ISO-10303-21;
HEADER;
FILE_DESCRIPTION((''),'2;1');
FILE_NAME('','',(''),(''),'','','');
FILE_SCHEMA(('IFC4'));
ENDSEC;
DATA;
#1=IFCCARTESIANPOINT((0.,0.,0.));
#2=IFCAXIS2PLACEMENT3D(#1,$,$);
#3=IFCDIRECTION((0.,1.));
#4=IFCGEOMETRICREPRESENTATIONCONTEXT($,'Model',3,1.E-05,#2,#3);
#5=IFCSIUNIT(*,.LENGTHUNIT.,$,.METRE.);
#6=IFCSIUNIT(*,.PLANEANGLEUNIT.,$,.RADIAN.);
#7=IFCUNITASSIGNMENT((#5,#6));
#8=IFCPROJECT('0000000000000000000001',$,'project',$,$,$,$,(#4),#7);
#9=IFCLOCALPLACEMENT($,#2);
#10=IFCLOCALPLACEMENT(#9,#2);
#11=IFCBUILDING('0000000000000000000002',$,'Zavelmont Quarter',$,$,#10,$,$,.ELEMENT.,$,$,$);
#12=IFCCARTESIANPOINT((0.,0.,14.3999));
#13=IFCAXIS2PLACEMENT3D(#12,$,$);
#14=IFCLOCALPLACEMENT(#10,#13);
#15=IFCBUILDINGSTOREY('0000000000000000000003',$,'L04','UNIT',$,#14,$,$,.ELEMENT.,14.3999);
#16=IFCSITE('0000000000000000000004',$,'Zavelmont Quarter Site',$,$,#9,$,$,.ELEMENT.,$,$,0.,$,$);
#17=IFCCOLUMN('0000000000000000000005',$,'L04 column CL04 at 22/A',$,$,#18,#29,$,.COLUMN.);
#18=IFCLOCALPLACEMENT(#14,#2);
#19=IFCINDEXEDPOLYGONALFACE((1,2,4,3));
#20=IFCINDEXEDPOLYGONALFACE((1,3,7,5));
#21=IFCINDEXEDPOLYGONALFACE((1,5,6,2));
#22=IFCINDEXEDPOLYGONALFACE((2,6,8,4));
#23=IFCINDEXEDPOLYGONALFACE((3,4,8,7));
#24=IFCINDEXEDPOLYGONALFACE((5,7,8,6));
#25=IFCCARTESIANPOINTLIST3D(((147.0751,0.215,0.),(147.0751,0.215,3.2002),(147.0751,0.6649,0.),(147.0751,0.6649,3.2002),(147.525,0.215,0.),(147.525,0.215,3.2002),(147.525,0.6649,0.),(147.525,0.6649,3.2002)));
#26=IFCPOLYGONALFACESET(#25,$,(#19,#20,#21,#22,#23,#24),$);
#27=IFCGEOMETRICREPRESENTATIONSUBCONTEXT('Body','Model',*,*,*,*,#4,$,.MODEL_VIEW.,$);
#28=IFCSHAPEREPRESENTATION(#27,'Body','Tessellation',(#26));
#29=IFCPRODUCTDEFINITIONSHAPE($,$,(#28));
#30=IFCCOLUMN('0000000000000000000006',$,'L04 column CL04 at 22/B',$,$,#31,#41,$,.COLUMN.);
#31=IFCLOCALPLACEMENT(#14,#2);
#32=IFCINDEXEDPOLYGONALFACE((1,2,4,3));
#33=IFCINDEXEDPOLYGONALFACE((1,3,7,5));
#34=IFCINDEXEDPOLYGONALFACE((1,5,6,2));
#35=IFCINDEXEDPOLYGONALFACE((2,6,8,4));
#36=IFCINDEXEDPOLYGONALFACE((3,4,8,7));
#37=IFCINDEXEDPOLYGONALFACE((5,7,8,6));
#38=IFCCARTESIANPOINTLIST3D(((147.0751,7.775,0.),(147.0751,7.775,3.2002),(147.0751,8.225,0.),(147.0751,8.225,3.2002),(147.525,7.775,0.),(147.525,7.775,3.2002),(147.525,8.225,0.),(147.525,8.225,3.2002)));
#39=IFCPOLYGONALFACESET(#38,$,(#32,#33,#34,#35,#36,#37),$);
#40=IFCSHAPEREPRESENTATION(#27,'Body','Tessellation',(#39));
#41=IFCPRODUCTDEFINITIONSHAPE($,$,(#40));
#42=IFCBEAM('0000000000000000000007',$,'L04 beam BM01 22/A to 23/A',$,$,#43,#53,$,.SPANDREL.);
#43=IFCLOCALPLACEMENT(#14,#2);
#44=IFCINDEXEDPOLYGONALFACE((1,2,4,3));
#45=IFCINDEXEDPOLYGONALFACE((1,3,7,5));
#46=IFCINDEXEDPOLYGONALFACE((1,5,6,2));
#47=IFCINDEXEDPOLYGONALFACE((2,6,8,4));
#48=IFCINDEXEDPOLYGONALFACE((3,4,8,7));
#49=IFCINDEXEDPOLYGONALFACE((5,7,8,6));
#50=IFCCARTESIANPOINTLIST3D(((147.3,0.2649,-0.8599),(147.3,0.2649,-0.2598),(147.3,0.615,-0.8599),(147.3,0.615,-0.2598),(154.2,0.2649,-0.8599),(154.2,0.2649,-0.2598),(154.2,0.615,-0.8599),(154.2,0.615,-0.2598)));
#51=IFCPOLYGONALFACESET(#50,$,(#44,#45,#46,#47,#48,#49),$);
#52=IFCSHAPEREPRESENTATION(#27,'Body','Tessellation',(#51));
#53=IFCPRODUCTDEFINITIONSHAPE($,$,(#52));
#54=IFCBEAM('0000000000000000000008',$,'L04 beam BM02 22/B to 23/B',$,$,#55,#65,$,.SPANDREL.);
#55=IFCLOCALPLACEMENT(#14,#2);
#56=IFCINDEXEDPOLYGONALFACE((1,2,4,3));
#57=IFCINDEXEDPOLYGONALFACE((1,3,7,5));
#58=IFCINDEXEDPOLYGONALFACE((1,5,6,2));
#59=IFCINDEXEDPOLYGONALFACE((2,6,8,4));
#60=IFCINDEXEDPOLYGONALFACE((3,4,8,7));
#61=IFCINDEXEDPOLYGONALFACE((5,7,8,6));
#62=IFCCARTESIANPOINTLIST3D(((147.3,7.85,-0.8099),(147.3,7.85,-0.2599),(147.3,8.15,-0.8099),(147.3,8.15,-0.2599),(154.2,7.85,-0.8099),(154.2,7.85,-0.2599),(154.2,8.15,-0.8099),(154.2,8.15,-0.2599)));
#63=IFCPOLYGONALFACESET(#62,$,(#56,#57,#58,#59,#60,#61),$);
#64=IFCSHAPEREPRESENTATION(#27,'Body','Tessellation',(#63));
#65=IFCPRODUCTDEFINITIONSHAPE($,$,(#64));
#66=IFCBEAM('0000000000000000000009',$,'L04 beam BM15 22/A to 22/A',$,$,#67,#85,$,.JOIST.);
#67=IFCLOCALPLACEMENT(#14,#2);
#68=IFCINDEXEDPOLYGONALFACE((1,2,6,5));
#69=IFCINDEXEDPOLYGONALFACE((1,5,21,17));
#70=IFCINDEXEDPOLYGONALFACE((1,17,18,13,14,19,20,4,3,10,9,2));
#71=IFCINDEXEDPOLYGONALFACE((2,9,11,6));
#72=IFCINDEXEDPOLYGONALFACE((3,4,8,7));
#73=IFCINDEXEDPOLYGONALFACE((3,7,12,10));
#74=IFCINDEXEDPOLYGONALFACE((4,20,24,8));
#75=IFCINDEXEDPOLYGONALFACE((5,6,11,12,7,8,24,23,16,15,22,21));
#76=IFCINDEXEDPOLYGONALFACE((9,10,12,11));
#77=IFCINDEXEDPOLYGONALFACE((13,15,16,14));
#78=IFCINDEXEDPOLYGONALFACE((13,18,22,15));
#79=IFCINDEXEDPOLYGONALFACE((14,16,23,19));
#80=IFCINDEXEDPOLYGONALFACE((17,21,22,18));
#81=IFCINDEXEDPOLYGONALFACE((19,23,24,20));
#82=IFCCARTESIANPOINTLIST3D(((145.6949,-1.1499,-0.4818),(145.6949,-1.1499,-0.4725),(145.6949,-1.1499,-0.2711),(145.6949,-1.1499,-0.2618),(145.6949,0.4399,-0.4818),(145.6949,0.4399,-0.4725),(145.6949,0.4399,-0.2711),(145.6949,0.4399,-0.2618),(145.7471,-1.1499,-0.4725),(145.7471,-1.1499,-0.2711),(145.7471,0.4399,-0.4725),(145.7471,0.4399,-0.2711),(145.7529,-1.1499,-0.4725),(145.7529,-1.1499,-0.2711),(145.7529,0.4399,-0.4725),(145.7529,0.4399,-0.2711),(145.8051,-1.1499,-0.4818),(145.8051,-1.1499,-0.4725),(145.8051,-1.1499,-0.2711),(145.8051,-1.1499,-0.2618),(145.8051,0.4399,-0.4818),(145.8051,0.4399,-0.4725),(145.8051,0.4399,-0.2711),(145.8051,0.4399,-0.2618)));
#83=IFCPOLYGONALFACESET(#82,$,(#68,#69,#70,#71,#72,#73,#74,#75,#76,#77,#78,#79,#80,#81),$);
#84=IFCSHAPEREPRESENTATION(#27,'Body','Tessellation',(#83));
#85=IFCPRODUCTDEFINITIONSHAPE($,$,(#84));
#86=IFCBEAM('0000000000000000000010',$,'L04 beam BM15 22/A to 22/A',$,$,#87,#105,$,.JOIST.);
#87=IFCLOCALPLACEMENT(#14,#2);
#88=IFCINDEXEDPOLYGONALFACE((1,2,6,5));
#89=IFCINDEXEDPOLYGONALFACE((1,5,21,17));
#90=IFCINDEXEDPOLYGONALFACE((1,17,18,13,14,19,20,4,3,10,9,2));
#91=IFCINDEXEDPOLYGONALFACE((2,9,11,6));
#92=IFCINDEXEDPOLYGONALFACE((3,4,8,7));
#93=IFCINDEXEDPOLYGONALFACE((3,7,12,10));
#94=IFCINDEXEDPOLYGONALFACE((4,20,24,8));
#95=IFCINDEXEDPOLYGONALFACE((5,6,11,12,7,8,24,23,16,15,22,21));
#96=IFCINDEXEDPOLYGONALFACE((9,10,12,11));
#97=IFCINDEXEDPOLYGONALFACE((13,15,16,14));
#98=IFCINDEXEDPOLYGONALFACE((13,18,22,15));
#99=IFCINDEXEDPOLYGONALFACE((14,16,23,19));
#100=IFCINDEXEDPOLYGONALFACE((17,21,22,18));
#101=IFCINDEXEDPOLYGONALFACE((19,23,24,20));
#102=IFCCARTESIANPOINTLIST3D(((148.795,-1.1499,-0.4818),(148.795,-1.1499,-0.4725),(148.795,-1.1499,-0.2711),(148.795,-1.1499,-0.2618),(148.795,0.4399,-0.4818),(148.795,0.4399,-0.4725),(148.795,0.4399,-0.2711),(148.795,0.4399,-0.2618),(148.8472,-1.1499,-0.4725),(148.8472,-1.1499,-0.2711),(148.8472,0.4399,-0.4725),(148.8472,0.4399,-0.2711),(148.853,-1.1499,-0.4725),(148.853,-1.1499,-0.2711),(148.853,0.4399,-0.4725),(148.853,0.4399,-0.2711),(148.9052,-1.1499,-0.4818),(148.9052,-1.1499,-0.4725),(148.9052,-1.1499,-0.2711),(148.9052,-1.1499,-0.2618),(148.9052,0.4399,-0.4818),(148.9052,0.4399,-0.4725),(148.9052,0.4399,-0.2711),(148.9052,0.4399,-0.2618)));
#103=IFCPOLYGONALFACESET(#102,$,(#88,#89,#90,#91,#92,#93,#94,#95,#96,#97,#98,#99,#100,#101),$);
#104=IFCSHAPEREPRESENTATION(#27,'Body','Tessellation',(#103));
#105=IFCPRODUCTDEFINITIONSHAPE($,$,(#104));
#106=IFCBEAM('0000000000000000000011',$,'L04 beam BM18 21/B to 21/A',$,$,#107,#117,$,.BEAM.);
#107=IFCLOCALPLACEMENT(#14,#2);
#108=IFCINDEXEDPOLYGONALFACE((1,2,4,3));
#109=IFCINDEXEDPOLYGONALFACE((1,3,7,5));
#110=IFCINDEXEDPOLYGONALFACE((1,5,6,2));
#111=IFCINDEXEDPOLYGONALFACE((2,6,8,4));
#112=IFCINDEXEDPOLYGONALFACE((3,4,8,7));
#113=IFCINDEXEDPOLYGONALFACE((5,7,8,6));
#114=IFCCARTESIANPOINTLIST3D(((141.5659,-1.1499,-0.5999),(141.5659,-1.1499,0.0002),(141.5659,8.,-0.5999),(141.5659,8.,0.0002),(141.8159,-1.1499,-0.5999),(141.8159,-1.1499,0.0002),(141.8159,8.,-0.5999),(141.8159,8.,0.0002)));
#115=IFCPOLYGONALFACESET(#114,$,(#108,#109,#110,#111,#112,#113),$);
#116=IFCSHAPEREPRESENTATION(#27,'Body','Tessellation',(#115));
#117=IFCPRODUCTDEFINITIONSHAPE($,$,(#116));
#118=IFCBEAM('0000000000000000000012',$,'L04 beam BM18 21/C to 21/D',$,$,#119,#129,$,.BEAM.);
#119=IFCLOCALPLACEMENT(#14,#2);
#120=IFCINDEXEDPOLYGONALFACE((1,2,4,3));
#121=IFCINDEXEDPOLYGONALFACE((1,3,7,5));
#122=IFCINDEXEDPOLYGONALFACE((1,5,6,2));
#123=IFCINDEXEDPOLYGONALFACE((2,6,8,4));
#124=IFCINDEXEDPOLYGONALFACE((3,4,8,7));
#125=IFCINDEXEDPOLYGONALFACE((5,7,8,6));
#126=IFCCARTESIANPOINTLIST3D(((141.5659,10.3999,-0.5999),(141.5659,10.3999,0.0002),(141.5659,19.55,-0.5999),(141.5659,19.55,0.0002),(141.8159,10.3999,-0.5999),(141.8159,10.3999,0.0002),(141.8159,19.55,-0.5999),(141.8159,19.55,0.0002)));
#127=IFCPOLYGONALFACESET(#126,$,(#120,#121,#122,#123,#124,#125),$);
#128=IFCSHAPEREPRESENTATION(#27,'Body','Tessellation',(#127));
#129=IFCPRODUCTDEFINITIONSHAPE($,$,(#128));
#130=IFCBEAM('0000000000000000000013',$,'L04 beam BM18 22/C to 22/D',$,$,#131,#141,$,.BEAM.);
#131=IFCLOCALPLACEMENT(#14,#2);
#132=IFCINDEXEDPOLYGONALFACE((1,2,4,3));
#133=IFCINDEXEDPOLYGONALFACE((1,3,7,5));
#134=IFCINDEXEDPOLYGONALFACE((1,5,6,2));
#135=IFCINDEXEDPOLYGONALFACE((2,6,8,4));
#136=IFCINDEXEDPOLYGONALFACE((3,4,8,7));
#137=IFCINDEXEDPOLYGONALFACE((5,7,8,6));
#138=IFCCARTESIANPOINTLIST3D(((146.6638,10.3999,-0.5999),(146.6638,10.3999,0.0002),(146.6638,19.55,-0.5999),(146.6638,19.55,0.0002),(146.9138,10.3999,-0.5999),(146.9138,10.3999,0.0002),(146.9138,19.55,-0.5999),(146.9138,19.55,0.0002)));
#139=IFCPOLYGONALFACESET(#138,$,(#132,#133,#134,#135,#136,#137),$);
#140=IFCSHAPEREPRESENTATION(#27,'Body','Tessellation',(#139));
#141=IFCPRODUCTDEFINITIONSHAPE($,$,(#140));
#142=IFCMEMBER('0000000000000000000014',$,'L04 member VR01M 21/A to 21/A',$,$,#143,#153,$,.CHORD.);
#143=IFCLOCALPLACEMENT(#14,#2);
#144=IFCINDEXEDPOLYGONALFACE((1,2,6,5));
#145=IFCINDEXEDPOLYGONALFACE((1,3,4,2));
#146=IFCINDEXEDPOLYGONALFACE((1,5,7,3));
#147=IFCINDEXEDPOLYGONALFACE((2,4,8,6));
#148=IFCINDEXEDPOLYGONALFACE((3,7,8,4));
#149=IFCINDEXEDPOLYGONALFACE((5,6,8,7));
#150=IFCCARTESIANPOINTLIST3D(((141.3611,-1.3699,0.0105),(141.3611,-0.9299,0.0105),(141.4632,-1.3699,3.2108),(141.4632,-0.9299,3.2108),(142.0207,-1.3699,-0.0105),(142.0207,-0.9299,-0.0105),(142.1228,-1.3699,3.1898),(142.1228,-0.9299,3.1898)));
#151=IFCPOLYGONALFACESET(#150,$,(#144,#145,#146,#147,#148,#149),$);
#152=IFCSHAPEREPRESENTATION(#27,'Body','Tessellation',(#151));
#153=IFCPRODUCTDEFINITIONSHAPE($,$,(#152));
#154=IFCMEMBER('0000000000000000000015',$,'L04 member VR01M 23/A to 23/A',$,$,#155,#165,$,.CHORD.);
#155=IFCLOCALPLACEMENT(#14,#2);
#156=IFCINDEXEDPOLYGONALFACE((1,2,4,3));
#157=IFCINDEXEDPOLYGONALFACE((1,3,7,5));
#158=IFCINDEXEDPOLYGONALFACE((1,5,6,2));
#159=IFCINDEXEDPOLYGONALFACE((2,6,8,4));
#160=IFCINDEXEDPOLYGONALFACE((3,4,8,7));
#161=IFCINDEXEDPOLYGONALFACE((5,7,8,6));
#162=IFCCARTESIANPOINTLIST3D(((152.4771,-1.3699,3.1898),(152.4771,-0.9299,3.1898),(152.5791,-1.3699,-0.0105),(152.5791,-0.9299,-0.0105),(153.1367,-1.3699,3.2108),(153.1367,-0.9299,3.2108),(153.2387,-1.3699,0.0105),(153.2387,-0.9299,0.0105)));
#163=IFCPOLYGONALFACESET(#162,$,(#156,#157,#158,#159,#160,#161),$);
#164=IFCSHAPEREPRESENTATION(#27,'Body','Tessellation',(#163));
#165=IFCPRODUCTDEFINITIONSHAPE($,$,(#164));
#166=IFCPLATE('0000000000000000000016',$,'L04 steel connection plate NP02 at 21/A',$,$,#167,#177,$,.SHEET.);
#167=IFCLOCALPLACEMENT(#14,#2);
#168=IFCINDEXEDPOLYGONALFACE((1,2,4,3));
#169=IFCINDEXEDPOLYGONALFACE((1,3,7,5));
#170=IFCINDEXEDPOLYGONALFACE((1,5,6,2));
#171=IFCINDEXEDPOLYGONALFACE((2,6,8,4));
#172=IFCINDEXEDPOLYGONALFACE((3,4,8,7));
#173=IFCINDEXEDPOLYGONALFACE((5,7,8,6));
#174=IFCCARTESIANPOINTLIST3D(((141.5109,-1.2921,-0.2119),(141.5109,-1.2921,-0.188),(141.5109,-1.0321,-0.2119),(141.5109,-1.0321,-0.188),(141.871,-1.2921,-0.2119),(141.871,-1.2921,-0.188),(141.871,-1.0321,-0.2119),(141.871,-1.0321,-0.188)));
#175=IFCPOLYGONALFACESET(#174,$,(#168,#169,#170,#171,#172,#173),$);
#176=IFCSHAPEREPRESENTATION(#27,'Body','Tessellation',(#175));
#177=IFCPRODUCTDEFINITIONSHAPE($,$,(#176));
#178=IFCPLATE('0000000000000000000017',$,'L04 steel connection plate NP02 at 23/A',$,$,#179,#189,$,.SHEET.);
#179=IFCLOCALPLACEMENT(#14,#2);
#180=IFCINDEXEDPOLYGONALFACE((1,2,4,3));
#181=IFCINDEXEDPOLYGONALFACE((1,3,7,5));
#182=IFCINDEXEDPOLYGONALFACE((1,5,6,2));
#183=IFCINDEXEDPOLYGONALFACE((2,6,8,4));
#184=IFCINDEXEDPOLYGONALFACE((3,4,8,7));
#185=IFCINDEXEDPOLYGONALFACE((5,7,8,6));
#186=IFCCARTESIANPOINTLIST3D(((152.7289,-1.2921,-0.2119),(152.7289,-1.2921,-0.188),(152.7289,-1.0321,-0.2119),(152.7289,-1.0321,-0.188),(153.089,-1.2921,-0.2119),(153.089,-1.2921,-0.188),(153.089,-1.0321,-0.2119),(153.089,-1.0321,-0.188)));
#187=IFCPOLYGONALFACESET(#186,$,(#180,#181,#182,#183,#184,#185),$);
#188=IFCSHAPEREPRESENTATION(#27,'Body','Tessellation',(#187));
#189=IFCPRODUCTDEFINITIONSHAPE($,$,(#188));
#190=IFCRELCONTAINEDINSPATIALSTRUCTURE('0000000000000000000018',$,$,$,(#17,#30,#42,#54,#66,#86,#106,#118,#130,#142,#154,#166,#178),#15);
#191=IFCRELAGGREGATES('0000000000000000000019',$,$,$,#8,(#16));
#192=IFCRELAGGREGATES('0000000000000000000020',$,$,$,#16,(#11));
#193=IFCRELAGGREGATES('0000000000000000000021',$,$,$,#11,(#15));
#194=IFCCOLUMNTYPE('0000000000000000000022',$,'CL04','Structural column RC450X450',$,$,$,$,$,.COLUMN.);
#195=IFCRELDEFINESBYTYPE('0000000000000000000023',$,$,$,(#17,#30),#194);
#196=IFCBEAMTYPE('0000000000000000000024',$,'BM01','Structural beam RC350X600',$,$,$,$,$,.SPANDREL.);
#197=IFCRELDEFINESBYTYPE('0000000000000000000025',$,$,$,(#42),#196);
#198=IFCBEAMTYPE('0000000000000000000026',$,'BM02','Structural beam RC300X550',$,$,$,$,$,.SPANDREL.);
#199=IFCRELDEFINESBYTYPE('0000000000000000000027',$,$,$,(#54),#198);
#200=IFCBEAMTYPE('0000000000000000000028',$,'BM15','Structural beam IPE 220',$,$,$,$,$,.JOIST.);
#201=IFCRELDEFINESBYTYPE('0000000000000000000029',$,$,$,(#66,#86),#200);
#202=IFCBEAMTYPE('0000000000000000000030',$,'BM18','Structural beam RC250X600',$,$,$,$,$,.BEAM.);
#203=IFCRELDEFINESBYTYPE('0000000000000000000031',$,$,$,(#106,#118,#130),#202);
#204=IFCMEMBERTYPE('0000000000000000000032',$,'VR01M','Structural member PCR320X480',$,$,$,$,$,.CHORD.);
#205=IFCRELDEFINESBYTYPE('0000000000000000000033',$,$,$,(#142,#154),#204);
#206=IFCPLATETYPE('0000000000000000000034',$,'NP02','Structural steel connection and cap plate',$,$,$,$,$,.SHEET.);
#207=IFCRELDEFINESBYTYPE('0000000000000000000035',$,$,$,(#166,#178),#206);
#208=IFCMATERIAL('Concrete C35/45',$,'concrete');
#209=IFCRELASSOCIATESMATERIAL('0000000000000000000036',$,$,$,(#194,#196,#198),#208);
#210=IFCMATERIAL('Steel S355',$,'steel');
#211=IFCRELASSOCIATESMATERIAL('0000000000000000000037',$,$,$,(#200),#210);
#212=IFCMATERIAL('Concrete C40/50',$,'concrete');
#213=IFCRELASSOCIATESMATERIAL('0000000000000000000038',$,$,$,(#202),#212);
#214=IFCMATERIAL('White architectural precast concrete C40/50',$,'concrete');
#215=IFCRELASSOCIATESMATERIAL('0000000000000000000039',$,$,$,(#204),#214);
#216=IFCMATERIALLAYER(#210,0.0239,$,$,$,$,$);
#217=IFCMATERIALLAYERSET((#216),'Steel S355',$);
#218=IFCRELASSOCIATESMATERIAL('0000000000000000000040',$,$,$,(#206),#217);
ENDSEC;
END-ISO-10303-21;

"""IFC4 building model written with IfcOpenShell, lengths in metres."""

from ifc_helpers import new_model, si_unit, direction, frame, origin, origin_2d, place, context, subcontext, project, spatial, rectangle, i_section, extrude, material, layer, layer_set, material_profile, profile_set, type_object, element, save


model = new_model("IFC4")

# Units and contexts
model_context = context("Model", 3, precision=1e-05, world=origin(), true_north=direction((0.0, 1.0)))
body_context = subcontext(model_context, "Body", "Model", "MODEL_VIEW")
ifc_project = project(units=[si_unit("LENGTHUNIT", "METRE"), si_unit("PLANEANGLEUNIT", "RADIAN")], contexts=[model_context])

# Site, building, storey
site_placement = place(None, origin())
site = spatial("IfcSite", under=ifc_project, at=site_placement, Name="Zavelmont Quarter Site", CompositionType="ELEMENT", RefElevation=0.0)
building_placement = place(site_placement, origin())
building = spatial("IfcBuilding", under=site, at=building_placement, Name="Zavelmont Quarter", CompositionType="ELEMENT")
storey_placement = place(building_placement, frame((0.0, 0.0, 14.3999)))
storey = spatial("IfcBuildingStorey", under=building, at=storey_placement, Name="L04", Description="UNIT", CompositionType="ELEMENT", Elevation=14.3999)

# Columns
ifc_material_1 = material(Name="Concrete C35/45", Category="concrete")
ifc_material_profile_1 = material_profile(ifc_material_1, rectangle(XDim=0.45, YDim=0.45, at=origin_2d()), Name="RC450X450")
ifc_profile_set_1 = profile_set([ifc_material_profile_1], Name="Concrete C35/45")
column_type = type_object("IfcColumnType", Name="CL04", Description="Structural column RC450X450", PredefinedType="COLUMN", material=ifc_profile_set_1)
for number, where, z_axis, x_axis, name in (
    (1, (147.3, 0.4399, 0.0), (0.0, 0.0, 1.0), (1.0, 0.0, 0.0), "L04 column CL04 at 22/A"),
    (2, (147.3, 8.0, 0.0), (0.0, 0.0, 1.0), (1.0, 0.0, 0.0), "L04 column CL04 at 22/B"),
):
    element("IfcColumn", number, at=place(storey_placement, frame(where, z_axis=z_axis, x_axis=x_axis)), inside=storey, type_object=column_type, Name=name, PredefinedType="COLUMN", context=body_context, shape_type="SweptSolid", body=[
        extrude(rectangle(XDim=0.45, YDim=0.45, at=origin_2d()), origin(), (0.0, 0.0, 1.0), 3.2002),
    ])

# Beams
ifc_material_profile_2 = material_profile(ifc_material_1, rectangle(XDim=0.3501, YDim=0.6001, at=origin_2d()), Name="RC350X600")
ifc_profile_set_2 = profile_set([ifc_material_profile_2], Name="Concrete C35/45")
beam_type_1 = type_object("IfcBeamType", Name="BM01", Description="Structural beam RC350X600", PredefinedType="SPANDREL", material=ifc_profile_set_2)
beam_1_placement = place(storey_placement, frame((147.3, 0.4399, -0.5598), z_axis=(1.0, 0.0, 0.0), x_axis=(0.0, 1.0, 0.0)))
element("IfcBeam", 3, at=beam_1_placement, inside=storey, type_object=beam_type_1, Name="L04 beam BM01 22/A to 23/A", PredefinedType="SPANDREL", context=body_context, shape_type="SweptSolid", body=[
    extrude(rectangle(XDim=0.3501, YDim=0.6001, at=origin_2d()), origin(), (0.0, 0.0, 1.0), 6.8999),
])
ifc_material_profile_3 = material_profile(ifc_material_1, rectangle(XDim=0.3, YDim=0.55, at=origin_2d()), Name="RC300X550")
ifc_profile_set_3 = profile_set([ifc_material_profile_3], Name="Concrete C35/45")
beam_type_2 = type_object("IfcBeamType", Name="BM02", Description="Structural beam RC300X550", PredefinedType="SPANDREL", material=ifc_profile_set_3)
beam_2_placement = place(storey_placement, frame((147.3, 8.0, -0.5349), z_axis=(1.0, 0.0, 0.0), x_axis=(0.0, 1.0, 0.0)))
element("IfcBeam", 4, at=beam_2_placement, inside=storey, type_object=beam_type_2, Name="L04 beam BM02 22/B to 23/B", PredefinedType="SPANDREL", context=body_context, shape_type="SweptSolid", body=[
    extrude(rectangle(XDim=0.3, YDim=0.55, at=origin_2d()), origin(), (0.0, 0.0, 1.0), 6.8999),
])
ifc_material_2 = material(Name="Steel S355", Category="steel")
ifc_material_profile_4 = material_profile(ifc_material_2, i_section(OverallWidth=0.1101, OverallDepth=0.22, WebThickness=0.0059, FlangeThickness=0.0093, at=origin_2d()), Name="IPE 220")
ifc_profile_set_4 = profile_set([ifc_material_profile_4], Name="Steel S355")
beam_type_3 = type_object("IfcBeamType", Name="BM15", Description="Structural beam IPE 220", PredefinedType="JOIST", material=ifc_profile_set_4)
for number, where, z_axis, x_axis, name in (
    (5, (145.75, 0.4399, -0.3718), (0.0, -1.0, 0.0), (1.0, 0.0, 0.0), "L04 beam BM15 22/A to 22/A"),
    (6, (148.8501, 0.4399, -0.3718), (0.0, -1.0, 0.0), (1.0, 0.0, 0.0), "L04 beam BM15 22/A to 22/A"),
):
    element("IfcBeam", number, at=place(storey_placement, frame(where, z_axis=z_axis, x_axis=x_axis)), inside=storey, type_object=beam_type_3, Name=name, PredefinedType="JOIST", context=body_context, shape_type="SweptSolid", body=[
        extrude(i_section(OverallWidth=0.1101, OverallDepth=0.22, WebThickness=0.0059, FlangeThickness=0.0093, at=origin_2d()), origin(), (0.0, 0.0, 1.0), 1.5898),
    ])
ifc_material_3 = material(Name="Concrete C40/50", Category="concrete")
ifc_material_profile_5 = material_profile(ifc_material_3, rectangle(XDim=0.25, YDim=0.6001, at=origin_2d()), Name="RC250X600")
ifc_profile_set_5 = profile_set([ifc_material_profile_5], Name="Concrete C40/50")
beam_type_4 = type_object("IfcBeamType", Name="BM18", Description="Structural beam RC250X600", PredefinedType="BEAM", material=ifc_profile_set_5)
beam_3_placement = place(storey_placement, frame((141.6909, 8.0, -0.2998), z_axis=(0.0, -1.0, 0.0), x_axis=(1.0, 0.0, 0.0)))
element("IfcBeam", 7, at=beam_3_placement, inside=storey, type_object=beam_type_4, Name="L04 beam BM18 21/B to 21/A", PredefinedType="BEAM", context=body_context, shape_type="SweptSolid", body=[
    extrude(rectangle(XDim=0.25, YDim=0.6001, at=origin_2d()), origin(), (0.0, 0.0, 1.0), 9.1499),
])
for number, where, z_axis, x_axis, name in (
    (8, (141.6909, 10.3999, -0.2998), (0.0, 1.0, 0.0), (-1.0, 0.0, 0.0), "L04 beam BM18 21/C to 21/D"),
    (9, (146.7888, 10.3999, -0.2998), (0.0, 1.0, 0.0), (-1.0, 0.0, 0.0), "L04 beam BM18 22/C to 22/D"),
):
    element("IfcBeam", number, at=place(storey_placement, frame(where, z_axis=z_axis, x_axis=x_axis)), inside=storey, type_object=beam_type_4, Name=name, PredefinedType="BEAM", context=body_context, shape_type="SweptSolid", body=[
        extrude(rectangle(XDim=0.25, YDim=0.6001, at=origin_2d()), origin(), (0.0, 0.0, 1.0), 9.1501),
    ])

# Members
ifc_material_4 = material(Name="White architectural precast concrete C40/50", Category="concrete")
ifc_material_profile_6 = material_profile(ifc_material_4, rectangle(XDim=0.4399, YDim=0.6599, at=origin_2d()), Name="PCR320X480")
ifc_profile_set_6 = profile_set([ifc_material_profile_6], Name="White architectural precast concrete C40/50")
member_type = type_object("IfcMemberType", Name="VR01M", Description="Structural member PCR320X480", PredefinedType="CHORD", material=ifc_profile_set_6)
for number, where, z_axis, x_axis, name in (
    (10, (141.6909, -1.1499, 0.0), (0.031873, 0.0, 0.999492), (0.0, 1.0, 0.0), "L04 member VR01M 21/A to 21/A"),
    (11, (152.9089, -1.1499, 0.0), (-0.031873, 0.0, 0.999492), (0.0, -1.0, 0.0), "L04 member VR01M 23/A to 23/A"),
):
    element("IfcMember", number, at=place(storey_placement, frame(where, z_axis=z_axis, x_axis=x_axis)), inside=storey, type_object=member_type, Name=name, PredefinedType="CHORD", context=body_context, shape_type="SweptSolid", body=[
        extrude(rectangle(XDim=0.4399, YDim=0.6599, at=origin_2d()), origin(), (0.0, 0.0, 1.0), 3.2019),
    ])

# Plates
ifc_layer_1 = layer(ifc_material_2, 0.0239)
ifc_layer_set_1 = layer_set([ifc_layer_1], Name="Steel S355")
plate_type = type_object("IfcPlateType", Name="NP02", Description="Structural steel connection and cap plate", PredefinedType="SHEET", material=ifc_layer_set_1)
for number, where, z_axis, x_axis, name in (
    (12, (141.6909, -1.1621, -0.2119), (0.0, 0.0, 1.0), (1.0, 0.0, 0.0), "L04 steel connection plate NP02 at 21/A"),
    (13, (152.9089, -1.1621, -0.2119), (0.0, 0.0, 1.0), (1.0, 0.0, 0.0), "L04 steel connection plate NP02 at 23/A"),
):
    element("IfcPlate", number, at=place(storey_placement, frame(where, z_axis=z_axis, x_axis=x_axis)), inside=storey, type_object=plate_type, Name=name, PredefinedType="SHEET", context=body_context, shape_type="SweptSolid", body=[
        extrude(rectangle(XDim=0.3601, YDim=0.26, at=origin_2d()), origin(), (0.0, 0.0, 1.0), 0.0239),
    ])

save(model, "model.ifc")
